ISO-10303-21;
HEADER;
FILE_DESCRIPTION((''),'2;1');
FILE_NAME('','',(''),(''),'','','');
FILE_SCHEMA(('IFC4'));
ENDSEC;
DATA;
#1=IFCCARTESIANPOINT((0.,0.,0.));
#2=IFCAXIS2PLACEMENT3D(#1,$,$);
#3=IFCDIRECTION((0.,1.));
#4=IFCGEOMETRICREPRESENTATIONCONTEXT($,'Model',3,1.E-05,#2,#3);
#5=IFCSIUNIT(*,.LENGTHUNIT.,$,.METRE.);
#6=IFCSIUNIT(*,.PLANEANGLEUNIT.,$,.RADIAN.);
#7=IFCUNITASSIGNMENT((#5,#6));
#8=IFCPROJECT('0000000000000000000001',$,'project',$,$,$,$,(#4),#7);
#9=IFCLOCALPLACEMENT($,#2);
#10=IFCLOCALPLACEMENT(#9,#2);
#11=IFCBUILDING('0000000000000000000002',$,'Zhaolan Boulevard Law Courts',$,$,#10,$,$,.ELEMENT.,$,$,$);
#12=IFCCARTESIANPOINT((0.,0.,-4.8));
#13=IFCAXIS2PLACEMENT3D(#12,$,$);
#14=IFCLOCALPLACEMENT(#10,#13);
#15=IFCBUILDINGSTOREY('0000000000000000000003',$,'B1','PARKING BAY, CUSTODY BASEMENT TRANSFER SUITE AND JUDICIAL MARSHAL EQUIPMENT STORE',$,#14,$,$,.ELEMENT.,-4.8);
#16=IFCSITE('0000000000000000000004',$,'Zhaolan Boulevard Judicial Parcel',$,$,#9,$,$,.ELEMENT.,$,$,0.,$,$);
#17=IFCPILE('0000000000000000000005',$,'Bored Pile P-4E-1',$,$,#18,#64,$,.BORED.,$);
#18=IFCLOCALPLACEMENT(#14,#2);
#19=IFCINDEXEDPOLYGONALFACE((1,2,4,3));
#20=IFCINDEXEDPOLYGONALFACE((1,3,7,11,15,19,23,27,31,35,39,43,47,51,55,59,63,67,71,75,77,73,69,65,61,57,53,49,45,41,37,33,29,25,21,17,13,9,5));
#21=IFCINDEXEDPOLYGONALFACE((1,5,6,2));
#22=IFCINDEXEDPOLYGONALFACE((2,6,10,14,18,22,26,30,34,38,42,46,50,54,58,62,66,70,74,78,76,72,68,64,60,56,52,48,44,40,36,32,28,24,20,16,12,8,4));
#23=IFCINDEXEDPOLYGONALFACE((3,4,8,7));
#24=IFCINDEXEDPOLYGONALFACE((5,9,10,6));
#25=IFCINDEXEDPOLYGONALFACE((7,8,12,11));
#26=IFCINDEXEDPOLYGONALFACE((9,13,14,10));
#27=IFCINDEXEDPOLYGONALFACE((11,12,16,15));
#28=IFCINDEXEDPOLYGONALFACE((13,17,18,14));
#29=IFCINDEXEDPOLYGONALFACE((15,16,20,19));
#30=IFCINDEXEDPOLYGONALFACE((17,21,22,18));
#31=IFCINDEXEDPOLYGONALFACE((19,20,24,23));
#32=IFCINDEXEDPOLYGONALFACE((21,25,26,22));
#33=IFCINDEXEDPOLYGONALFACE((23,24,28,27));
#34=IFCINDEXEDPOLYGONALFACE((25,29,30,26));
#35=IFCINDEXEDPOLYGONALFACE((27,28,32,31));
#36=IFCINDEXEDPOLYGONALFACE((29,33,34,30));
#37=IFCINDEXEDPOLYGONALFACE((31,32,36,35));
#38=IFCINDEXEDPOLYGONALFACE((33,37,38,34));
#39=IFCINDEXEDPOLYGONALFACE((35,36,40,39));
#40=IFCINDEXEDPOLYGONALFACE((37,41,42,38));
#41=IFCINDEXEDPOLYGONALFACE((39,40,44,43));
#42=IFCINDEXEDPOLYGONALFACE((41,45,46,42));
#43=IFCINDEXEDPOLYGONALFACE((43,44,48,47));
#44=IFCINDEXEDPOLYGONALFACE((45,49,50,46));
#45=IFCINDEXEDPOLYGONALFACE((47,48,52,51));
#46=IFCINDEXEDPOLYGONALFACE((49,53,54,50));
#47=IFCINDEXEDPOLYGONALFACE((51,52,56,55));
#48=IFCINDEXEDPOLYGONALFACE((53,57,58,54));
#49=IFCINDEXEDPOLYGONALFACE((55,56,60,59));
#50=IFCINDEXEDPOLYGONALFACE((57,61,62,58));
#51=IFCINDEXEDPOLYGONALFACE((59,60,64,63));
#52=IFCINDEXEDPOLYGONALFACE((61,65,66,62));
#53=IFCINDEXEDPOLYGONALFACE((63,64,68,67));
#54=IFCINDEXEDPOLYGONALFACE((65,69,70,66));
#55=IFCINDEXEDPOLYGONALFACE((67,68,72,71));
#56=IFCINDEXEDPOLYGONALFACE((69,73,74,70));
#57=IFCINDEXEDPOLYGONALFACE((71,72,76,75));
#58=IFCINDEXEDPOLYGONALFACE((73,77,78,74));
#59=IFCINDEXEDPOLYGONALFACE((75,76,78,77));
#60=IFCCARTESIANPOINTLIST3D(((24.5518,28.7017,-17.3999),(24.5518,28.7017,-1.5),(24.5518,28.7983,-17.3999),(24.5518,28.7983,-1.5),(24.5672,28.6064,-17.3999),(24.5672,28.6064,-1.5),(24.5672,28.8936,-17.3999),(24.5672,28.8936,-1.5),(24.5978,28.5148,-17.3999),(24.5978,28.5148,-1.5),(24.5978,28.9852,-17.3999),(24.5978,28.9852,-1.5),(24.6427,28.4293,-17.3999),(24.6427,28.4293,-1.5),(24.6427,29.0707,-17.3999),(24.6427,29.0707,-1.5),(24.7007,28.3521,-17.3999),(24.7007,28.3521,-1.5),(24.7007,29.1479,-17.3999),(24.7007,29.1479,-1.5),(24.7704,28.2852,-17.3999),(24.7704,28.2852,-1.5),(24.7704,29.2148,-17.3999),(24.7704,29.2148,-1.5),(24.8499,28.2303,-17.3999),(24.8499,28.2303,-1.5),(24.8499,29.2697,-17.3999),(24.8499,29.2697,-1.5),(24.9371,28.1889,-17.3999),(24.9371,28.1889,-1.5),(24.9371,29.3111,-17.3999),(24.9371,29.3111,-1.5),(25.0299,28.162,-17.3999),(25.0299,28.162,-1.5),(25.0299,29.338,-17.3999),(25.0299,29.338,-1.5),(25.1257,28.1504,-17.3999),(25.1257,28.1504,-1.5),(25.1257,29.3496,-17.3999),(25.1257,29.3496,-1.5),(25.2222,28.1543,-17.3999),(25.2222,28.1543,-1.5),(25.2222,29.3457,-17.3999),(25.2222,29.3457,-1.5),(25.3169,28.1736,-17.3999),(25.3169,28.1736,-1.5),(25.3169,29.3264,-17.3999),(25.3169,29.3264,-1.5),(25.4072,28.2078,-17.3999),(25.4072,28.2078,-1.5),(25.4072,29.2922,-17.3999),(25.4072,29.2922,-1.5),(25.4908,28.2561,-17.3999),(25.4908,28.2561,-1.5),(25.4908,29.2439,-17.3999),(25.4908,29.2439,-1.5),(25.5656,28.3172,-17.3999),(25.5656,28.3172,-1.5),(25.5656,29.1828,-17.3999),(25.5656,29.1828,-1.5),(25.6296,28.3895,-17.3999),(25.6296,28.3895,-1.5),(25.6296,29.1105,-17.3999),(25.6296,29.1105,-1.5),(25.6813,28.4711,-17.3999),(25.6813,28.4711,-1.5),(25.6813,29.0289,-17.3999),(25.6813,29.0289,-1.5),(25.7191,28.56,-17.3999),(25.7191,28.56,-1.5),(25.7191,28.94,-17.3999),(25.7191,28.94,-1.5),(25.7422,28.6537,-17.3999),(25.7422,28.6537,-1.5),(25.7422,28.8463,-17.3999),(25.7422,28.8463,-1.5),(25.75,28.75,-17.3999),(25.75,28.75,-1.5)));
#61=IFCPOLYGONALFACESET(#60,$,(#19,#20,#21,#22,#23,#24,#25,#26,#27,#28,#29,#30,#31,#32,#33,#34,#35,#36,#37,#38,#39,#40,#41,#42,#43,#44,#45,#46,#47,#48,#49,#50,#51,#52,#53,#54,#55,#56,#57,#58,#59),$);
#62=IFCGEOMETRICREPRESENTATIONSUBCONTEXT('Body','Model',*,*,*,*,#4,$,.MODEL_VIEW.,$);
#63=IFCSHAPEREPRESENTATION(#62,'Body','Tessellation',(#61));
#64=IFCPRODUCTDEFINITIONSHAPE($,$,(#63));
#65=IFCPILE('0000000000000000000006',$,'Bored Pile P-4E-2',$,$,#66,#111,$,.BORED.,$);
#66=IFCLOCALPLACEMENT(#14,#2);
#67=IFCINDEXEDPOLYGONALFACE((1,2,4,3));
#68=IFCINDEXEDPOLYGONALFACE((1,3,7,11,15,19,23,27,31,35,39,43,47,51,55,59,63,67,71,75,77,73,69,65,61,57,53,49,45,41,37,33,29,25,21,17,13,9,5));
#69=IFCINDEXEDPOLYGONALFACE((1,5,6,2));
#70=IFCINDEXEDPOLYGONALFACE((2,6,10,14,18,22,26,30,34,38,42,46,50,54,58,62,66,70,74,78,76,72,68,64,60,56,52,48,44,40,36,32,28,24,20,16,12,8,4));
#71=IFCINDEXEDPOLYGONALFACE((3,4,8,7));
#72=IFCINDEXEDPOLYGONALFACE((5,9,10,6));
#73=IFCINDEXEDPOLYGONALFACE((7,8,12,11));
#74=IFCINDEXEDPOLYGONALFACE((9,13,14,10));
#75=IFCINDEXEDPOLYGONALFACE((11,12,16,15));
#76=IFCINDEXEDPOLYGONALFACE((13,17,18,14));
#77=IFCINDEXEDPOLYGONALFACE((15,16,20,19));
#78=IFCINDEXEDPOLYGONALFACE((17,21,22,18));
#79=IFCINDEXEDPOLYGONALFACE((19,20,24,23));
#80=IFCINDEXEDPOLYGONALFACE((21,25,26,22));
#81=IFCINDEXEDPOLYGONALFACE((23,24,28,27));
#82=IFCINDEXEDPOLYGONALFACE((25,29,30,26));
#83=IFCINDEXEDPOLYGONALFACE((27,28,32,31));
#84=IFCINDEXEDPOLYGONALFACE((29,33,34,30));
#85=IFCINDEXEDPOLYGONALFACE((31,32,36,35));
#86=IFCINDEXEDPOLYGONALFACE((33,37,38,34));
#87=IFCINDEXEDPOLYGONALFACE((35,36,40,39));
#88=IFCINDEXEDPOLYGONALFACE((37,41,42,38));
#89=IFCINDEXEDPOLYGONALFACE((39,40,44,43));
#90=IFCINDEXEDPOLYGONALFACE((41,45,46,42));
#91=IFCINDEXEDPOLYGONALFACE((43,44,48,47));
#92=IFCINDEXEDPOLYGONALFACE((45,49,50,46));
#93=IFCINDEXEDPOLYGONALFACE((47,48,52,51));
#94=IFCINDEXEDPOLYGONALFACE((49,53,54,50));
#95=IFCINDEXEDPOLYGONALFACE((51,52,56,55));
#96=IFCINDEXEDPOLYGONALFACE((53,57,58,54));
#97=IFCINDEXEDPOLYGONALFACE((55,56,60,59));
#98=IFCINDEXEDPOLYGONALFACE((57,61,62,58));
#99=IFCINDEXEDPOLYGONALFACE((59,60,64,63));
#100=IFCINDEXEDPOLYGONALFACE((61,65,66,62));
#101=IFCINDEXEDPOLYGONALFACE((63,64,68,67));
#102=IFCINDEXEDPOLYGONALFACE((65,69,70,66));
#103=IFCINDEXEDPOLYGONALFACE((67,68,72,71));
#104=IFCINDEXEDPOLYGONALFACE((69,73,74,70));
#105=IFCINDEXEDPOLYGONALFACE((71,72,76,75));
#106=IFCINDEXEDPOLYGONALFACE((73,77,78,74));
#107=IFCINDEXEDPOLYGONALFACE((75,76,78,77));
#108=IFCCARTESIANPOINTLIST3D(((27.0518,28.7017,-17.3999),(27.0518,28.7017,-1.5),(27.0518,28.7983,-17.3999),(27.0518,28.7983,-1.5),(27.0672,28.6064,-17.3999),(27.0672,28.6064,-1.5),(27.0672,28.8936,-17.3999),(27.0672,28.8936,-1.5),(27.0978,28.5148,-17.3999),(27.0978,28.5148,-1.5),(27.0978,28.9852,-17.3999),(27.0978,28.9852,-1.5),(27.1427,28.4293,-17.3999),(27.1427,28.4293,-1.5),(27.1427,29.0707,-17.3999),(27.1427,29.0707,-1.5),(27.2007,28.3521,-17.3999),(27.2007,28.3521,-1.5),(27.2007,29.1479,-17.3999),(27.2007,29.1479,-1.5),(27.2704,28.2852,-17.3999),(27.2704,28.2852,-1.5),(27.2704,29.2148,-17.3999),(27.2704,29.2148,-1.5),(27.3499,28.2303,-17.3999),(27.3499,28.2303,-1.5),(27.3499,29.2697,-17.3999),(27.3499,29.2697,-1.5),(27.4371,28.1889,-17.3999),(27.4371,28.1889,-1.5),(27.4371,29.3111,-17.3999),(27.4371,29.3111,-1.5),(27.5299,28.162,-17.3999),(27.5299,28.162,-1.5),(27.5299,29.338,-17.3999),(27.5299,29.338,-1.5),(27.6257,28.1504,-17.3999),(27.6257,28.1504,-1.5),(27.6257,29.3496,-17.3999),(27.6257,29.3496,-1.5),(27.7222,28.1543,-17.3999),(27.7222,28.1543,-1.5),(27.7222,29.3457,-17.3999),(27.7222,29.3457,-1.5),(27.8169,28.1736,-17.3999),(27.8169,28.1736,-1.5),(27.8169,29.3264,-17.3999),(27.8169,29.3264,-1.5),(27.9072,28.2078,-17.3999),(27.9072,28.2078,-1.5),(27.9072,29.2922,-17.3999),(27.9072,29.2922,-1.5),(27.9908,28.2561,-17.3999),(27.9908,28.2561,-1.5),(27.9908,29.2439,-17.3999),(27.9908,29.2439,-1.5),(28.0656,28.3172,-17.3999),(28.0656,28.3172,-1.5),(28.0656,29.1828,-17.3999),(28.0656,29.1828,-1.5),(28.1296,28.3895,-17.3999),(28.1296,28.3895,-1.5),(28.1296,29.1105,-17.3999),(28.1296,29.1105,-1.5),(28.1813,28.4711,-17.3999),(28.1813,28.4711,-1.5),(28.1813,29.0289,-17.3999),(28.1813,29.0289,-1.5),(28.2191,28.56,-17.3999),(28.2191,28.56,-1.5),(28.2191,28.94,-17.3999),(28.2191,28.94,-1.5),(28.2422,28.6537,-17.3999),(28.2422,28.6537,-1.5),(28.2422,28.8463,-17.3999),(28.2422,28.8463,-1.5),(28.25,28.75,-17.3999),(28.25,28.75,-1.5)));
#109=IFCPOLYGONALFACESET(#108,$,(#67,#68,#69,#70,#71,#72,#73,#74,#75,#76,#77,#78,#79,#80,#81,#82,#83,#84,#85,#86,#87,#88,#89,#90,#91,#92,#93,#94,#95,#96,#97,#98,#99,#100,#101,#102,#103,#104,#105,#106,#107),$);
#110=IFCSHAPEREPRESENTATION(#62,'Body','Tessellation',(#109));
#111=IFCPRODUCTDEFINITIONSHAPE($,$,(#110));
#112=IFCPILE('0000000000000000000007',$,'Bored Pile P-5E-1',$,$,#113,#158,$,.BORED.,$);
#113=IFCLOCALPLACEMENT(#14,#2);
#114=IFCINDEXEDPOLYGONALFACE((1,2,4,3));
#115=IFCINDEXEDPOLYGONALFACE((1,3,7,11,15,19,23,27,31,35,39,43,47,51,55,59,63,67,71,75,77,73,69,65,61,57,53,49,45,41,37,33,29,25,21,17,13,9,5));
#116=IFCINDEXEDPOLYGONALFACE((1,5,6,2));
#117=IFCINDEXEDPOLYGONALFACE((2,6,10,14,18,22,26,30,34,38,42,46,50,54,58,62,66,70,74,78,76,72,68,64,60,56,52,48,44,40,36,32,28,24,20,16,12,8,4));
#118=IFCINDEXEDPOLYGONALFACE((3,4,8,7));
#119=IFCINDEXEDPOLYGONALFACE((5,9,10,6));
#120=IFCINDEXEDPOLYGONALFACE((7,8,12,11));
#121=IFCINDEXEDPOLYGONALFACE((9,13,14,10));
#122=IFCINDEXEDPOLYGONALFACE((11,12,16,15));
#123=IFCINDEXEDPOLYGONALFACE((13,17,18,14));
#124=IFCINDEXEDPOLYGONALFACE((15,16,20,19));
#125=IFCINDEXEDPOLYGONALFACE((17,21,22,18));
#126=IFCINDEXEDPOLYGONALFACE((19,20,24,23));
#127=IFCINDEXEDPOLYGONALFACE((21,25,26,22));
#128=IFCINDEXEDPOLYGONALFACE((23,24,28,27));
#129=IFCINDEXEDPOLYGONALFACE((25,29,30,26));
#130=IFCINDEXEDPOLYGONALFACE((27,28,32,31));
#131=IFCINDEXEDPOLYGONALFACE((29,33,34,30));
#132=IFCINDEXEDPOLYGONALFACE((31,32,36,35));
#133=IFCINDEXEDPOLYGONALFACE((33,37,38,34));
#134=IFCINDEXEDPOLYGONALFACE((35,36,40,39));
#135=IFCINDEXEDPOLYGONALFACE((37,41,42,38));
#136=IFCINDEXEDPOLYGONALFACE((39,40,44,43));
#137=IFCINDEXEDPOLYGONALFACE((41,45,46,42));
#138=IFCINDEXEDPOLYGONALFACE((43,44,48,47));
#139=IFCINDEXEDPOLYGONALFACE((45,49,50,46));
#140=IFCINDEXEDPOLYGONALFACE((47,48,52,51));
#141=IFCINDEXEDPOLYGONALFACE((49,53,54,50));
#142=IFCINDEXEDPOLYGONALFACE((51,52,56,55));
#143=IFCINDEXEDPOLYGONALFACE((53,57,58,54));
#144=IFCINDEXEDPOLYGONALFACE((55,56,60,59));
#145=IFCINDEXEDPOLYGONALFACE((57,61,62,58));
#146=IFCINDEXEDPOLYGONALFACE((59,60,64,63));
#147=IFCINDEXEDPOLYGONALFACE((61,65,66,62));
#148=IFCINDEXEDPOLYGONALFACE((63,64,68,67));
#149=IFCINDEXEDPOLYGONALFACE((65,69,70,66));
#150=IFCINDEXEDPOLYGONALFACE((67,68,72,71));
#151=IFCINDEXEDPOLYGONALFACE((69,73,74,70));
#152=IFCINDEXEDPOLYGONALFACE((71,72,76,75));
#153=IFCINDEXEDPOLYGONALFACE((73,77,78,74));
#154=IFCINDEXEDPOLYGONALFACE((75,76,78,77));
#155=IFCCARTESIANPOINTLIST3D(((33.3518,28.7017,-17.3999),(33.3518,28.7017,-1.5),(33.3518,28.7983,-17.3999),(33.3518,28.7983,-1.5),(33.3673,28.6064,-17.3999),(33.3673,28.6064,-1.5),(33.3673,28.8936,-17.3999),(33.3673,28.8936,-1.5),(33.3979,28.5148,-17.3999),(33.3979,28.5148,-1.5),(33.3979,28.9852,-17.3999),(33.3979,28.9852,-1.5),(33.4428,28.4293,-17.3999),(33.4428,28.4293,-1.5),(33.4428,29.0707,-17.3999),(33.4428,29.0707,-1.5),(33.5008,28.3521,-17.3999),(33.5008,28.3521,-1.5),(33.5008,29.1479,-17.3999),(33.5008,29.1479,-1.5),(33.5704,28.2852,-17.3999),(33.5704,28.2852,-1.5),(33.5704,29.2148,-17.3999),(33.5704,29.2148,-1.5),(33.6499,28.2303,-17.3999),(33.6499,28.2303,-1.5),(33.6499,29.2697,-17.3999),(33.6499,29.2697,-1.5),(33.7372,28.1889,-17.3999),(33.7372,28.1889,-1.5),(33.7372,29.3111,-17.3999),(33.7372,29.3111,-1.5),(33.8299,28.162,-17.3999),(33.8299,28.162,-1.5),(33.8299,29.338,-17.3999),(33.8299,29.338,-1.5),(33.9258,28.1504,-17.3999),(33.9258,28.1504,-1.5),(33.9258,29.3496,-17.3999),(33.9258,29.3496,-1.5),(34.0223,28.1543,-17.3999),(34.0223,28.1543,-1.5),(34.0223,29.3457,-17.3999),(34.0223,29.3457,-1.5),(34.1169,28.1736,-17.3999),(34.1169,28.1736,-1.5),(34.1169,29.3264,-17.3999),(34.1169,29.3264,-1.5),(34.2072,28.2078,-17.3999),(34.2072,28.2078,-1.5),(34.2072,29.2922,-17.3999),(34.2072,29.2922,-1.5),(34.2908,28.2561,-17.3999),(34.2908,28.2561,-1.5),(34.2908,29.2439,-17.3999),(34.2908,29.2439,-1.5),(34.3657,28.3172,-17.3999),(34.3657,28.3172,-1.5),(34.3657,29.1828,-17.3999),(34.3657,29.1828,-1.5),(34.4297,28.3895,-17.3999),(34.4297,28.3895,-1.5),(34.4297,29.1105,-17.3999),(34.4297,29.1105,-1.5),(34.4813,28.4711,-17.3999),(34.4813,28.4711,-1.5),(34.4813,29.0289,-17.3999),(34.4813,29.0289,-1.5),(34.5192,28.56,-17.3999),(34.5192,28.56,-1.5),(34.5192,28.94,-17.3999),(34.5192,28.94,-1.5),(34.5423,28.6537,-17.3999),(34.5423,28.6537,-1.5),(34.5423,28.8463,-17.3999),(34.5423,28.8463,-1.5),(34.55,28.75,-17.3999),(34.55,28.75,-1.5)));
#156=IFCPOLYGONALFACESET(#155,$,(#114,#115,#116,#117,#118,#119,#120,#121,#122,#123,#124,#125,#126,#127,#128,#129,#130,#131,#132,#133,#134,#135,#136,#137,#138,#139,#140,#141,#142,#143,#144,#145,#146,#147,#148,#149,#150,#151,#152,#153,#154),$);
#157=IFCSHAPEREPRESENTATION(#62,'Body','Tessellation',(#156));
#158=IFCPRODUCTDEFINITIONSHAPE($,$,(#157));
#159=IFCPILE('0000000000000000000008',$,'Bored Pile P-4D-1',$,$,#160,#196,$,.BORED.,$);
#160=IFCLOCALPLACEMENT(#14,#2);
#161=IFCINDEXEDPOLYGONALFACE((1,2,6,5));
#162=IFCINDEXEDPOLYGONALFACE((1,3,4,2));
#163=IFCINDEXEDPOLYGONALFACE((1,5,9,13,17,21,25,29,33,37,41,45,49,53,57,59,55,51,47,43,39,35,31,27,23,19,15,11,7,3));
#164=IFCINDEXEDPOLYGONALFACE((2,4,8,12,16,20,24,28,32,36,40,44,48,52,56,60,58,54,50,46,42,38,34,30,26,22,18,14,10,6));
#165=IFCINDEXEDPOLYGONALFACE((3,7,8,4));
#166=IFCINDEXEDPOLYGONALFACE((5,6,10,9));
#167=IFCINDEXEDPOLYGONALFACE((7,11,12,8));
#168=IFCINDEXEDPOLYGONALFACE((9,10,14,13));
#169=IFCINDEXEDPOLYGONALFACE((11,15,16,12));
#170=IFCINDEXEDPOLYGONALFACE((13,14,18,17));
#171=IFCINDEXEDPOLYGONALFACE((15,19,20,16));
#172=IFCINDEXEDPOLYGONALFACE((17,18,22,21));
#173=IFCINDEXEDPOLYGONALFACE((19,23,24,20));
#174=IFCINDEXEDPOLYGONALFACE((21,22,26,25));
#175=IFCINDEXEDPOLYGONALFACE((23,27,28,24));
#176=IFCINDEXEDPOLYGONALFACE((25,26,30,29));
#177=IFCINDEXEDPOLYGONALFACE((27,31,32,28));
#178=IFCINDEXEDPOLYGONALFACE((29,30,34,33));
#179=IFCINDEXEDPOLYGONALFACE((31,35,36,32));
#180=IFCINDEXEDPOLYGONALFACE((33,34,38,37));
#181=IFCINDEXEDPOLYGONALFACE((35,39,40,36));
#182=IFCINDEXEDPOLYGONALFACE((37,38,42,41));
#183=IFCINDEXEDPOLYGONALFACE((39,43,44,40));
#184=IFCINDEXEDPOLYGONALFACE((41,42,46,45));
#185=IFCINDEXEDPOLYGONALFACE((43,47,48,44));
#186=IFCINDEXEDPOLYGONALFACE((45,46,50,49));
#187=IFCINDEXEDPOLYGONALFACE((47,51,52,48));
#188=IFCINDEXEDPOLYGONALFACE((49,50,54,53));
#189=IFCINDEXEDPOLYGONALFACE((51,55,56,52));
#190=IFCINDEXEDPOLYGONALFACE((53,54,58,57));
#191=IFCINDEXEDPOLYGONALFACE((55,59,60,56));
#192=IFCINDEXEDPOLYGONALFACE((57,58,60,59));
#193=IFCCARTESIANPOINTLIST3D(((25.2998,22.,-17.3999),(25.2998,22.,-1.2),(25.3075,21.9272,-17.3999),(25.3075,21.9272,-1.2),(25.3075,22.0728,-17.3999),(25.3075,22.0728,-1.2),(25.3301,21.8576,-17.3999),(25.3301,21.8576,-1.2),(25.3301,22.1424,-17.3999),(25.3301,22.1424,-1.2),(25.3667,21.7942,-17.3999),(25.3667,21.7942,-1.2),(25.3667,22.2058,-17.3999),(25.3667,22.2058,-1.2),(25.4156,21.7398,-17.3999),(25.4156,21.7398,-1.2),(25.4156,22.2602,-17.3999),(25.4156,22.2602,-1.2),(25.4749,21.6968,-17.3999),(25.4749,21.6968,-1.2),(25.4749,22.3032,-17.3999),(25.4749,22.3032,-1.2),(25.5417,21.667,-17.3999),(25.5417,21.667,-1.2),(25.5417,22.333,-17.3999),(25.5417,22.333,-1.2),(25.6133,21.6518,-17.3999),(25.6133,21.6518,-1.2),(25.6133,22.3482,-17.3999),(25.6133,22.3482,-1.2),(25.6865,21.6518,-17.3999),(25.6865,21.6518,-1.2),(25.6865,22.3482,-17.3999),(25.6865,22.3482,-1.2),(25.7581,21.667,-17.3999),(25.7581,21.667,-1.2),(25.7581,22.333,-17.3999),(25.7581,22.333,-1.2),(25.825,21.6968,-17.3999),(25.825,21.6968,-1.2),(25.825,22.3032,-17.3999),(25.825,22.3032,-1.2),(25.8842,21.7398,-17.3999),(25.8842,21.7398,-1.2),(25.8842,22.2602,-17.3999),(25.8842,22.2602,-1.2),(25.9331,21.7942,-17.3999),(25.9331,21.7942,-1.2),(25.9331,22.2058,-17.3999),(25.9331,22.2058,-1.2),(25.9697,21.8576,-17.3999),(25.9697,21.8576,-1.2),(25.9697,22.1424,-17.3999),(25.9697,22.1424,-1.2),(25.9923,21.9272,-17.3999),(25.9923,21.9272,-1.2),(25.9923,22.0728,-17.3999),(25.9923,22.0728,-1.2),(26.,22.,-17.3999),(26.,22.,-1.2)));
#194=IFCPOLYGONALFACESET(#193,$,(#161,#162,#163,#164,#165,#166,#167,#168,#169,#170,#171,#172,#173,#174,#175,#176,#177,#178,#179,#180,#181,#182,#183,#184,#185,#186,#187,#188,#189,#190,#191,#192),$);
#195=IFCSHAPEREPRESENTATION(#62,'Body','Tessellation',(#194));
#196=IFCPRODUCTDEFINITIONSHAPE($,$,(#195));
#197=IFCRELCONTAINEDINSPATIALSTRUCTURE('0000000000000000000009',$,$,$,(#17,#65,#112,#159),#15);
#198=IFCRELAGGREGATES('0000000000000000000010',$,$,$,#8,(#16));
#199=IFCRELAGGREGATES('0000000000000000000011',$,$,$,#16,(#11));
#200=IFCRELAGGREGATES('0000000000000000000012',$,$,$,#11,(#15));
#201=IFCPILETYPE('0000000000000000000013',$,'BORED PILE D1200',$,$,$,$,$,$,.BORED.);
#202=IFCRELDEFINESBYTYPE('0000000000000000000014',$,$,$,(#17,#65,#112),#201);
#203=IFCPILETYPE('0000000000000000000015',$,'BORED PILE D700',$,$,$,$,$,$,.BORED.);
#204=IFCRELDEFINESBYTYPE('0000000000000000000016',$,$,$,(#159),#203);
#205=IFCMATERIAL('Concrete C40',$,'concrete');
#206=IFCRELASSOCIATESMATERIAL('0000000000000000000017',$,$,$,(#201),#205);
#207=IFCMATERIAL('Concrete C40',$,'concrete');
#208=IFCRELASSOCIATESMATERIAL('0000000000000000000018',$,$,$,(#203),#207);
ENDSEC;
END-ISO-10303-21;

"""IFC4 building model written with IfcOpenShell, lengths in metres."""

from ifc_helpers import new_model, si_unit, direction, frame, origin, origin_2d, place, context, subcontext, project, spatial, circle, extrude, material, material_profile, profile_set, type_object, element, save


model = new_model("IFC4")

# Units and contexts
model_context = context("Model", 3, precision=1e-05, world=origin(), true_north=direction((0.0, 1.0)))
body_context = subcontext(model_context, "Body", "Model", "MODEL_VIEW")
ifc_project = project(units=[si_unit("LENGTHUNIT", "METRE"), si_unit("PLANEANGLEUNIT", "RADIAN")], contexts=[model_context])

# Site, building, storey
site_placement = place(None, origin())
site = spatial("IfcSite", under=ifc_project, at=site_placement, Name="Zhaolan Boulevard Judicial Parcel", CompositionType="ELEMENT", RefElevation=0.0)
building_placement = place(site_placement, origin())
building = spatial("IfcBuilding", under=site, at=building_placement, Name="Zhaolan Boulevard Law Courts", CompositionType="ELEMENT")
storey_placement = place(building_placement, frame((0.0, 0.0, -4.8)))
storey = spatial("IfcBuildingStorey", under=building, at=storey_placement, Name="B1", Description="PARKING BAY, CUSTODY BASEMENT TRANSFER SUITE AND JUDICIAL MARSHAL EQUIPMENT STORE", CompositionType="ELEMENT", Elevation=-4.8)

# Piles
ifc_material_1 = material(Name="Concrete C40", Category="concrete")
ifc_material_profile_1 = material_profile(ifc_material_1, circle(Radius=0.6001, at=origin_2d()), Name="PILE-D1200")
ifc_profile_set_1 = profile_set([ifc_material_profile_1], Name="Concrete C40")
pile_type_1 = type_object("IfcPileType", Name="BORED PILE D1200", PredefinedType="BORED", material=ifc_profile_set_1)
for number, where, z_axis, x_axis, name in (
    (1, (25.1499, 28.75, -1.5), (0.0, 0.0, -1.0), (1.0, 0.0, 0.0), "Bored Pile P-4E-1"),
    (2, (27.6499, 28.75, -1.5), (0.0, 0.0, -1.0), (1.0, 0.0, 0.0), "Bored Pile P-4E-2"),
    (3, (33.95, 28.75, -1.5), (0.0, 0.0, -1.0), (1.0, 0.0, 0.0), "Bored Pile P-5E-1"),
):
    element("IfcPile", number, at=place(storey_placement, frame(where, z_axis=z_axis, x_axis=x_axis)), inside=storey, type_object=pile_type_1, Name=name, PredefinedType="BORED", context=body_context, shape_type="SweptSolid", body=[
        extrude(circle(Radius=0.6001, at=origin_2d()), origin(), (0.0, 0.0, 1.0), 15.8999),
    ])
ifc_material_2 = material(Name="Concrete C40", Category="concrete")
ifc_material_profile_2 = material_profile(ifc_material_2, circle(Radius=0.3501, at=origin_2d()), Name="PILE-D700")
ifc_profile_set_2 = profile_set([ifc_material_profile_2], Name="Concrete C40")
pile_type_2 = type_object("IfcPileType", Name="BORED PILE D700", PredefinedType="BORED", material=ifc_profile_set_2)
for number, where, z_axis, x_axis, name in (
    (4, (25.6499, 22.0, -1.2), (0.0, 0.0, -1.0), (1.0, 0.0, 0.0), "Bored Pile P-4D-1"),
):
    element("IfcPile", number, at=place(storey_placement, frame(where, z_axis=z_axis, x_axis=x_axis)), inside=storey, type_object=pile_type_2, Name=name, PredefinedType="BORED", context=body_context, shape_type="SweptSolid", body=[
        extrude(circle(Radius=0.3501, at=origin_2d()), origin(), (0.0, 0.0, 1.0), 16.2),
    ])

save(model, "model.ifc")
